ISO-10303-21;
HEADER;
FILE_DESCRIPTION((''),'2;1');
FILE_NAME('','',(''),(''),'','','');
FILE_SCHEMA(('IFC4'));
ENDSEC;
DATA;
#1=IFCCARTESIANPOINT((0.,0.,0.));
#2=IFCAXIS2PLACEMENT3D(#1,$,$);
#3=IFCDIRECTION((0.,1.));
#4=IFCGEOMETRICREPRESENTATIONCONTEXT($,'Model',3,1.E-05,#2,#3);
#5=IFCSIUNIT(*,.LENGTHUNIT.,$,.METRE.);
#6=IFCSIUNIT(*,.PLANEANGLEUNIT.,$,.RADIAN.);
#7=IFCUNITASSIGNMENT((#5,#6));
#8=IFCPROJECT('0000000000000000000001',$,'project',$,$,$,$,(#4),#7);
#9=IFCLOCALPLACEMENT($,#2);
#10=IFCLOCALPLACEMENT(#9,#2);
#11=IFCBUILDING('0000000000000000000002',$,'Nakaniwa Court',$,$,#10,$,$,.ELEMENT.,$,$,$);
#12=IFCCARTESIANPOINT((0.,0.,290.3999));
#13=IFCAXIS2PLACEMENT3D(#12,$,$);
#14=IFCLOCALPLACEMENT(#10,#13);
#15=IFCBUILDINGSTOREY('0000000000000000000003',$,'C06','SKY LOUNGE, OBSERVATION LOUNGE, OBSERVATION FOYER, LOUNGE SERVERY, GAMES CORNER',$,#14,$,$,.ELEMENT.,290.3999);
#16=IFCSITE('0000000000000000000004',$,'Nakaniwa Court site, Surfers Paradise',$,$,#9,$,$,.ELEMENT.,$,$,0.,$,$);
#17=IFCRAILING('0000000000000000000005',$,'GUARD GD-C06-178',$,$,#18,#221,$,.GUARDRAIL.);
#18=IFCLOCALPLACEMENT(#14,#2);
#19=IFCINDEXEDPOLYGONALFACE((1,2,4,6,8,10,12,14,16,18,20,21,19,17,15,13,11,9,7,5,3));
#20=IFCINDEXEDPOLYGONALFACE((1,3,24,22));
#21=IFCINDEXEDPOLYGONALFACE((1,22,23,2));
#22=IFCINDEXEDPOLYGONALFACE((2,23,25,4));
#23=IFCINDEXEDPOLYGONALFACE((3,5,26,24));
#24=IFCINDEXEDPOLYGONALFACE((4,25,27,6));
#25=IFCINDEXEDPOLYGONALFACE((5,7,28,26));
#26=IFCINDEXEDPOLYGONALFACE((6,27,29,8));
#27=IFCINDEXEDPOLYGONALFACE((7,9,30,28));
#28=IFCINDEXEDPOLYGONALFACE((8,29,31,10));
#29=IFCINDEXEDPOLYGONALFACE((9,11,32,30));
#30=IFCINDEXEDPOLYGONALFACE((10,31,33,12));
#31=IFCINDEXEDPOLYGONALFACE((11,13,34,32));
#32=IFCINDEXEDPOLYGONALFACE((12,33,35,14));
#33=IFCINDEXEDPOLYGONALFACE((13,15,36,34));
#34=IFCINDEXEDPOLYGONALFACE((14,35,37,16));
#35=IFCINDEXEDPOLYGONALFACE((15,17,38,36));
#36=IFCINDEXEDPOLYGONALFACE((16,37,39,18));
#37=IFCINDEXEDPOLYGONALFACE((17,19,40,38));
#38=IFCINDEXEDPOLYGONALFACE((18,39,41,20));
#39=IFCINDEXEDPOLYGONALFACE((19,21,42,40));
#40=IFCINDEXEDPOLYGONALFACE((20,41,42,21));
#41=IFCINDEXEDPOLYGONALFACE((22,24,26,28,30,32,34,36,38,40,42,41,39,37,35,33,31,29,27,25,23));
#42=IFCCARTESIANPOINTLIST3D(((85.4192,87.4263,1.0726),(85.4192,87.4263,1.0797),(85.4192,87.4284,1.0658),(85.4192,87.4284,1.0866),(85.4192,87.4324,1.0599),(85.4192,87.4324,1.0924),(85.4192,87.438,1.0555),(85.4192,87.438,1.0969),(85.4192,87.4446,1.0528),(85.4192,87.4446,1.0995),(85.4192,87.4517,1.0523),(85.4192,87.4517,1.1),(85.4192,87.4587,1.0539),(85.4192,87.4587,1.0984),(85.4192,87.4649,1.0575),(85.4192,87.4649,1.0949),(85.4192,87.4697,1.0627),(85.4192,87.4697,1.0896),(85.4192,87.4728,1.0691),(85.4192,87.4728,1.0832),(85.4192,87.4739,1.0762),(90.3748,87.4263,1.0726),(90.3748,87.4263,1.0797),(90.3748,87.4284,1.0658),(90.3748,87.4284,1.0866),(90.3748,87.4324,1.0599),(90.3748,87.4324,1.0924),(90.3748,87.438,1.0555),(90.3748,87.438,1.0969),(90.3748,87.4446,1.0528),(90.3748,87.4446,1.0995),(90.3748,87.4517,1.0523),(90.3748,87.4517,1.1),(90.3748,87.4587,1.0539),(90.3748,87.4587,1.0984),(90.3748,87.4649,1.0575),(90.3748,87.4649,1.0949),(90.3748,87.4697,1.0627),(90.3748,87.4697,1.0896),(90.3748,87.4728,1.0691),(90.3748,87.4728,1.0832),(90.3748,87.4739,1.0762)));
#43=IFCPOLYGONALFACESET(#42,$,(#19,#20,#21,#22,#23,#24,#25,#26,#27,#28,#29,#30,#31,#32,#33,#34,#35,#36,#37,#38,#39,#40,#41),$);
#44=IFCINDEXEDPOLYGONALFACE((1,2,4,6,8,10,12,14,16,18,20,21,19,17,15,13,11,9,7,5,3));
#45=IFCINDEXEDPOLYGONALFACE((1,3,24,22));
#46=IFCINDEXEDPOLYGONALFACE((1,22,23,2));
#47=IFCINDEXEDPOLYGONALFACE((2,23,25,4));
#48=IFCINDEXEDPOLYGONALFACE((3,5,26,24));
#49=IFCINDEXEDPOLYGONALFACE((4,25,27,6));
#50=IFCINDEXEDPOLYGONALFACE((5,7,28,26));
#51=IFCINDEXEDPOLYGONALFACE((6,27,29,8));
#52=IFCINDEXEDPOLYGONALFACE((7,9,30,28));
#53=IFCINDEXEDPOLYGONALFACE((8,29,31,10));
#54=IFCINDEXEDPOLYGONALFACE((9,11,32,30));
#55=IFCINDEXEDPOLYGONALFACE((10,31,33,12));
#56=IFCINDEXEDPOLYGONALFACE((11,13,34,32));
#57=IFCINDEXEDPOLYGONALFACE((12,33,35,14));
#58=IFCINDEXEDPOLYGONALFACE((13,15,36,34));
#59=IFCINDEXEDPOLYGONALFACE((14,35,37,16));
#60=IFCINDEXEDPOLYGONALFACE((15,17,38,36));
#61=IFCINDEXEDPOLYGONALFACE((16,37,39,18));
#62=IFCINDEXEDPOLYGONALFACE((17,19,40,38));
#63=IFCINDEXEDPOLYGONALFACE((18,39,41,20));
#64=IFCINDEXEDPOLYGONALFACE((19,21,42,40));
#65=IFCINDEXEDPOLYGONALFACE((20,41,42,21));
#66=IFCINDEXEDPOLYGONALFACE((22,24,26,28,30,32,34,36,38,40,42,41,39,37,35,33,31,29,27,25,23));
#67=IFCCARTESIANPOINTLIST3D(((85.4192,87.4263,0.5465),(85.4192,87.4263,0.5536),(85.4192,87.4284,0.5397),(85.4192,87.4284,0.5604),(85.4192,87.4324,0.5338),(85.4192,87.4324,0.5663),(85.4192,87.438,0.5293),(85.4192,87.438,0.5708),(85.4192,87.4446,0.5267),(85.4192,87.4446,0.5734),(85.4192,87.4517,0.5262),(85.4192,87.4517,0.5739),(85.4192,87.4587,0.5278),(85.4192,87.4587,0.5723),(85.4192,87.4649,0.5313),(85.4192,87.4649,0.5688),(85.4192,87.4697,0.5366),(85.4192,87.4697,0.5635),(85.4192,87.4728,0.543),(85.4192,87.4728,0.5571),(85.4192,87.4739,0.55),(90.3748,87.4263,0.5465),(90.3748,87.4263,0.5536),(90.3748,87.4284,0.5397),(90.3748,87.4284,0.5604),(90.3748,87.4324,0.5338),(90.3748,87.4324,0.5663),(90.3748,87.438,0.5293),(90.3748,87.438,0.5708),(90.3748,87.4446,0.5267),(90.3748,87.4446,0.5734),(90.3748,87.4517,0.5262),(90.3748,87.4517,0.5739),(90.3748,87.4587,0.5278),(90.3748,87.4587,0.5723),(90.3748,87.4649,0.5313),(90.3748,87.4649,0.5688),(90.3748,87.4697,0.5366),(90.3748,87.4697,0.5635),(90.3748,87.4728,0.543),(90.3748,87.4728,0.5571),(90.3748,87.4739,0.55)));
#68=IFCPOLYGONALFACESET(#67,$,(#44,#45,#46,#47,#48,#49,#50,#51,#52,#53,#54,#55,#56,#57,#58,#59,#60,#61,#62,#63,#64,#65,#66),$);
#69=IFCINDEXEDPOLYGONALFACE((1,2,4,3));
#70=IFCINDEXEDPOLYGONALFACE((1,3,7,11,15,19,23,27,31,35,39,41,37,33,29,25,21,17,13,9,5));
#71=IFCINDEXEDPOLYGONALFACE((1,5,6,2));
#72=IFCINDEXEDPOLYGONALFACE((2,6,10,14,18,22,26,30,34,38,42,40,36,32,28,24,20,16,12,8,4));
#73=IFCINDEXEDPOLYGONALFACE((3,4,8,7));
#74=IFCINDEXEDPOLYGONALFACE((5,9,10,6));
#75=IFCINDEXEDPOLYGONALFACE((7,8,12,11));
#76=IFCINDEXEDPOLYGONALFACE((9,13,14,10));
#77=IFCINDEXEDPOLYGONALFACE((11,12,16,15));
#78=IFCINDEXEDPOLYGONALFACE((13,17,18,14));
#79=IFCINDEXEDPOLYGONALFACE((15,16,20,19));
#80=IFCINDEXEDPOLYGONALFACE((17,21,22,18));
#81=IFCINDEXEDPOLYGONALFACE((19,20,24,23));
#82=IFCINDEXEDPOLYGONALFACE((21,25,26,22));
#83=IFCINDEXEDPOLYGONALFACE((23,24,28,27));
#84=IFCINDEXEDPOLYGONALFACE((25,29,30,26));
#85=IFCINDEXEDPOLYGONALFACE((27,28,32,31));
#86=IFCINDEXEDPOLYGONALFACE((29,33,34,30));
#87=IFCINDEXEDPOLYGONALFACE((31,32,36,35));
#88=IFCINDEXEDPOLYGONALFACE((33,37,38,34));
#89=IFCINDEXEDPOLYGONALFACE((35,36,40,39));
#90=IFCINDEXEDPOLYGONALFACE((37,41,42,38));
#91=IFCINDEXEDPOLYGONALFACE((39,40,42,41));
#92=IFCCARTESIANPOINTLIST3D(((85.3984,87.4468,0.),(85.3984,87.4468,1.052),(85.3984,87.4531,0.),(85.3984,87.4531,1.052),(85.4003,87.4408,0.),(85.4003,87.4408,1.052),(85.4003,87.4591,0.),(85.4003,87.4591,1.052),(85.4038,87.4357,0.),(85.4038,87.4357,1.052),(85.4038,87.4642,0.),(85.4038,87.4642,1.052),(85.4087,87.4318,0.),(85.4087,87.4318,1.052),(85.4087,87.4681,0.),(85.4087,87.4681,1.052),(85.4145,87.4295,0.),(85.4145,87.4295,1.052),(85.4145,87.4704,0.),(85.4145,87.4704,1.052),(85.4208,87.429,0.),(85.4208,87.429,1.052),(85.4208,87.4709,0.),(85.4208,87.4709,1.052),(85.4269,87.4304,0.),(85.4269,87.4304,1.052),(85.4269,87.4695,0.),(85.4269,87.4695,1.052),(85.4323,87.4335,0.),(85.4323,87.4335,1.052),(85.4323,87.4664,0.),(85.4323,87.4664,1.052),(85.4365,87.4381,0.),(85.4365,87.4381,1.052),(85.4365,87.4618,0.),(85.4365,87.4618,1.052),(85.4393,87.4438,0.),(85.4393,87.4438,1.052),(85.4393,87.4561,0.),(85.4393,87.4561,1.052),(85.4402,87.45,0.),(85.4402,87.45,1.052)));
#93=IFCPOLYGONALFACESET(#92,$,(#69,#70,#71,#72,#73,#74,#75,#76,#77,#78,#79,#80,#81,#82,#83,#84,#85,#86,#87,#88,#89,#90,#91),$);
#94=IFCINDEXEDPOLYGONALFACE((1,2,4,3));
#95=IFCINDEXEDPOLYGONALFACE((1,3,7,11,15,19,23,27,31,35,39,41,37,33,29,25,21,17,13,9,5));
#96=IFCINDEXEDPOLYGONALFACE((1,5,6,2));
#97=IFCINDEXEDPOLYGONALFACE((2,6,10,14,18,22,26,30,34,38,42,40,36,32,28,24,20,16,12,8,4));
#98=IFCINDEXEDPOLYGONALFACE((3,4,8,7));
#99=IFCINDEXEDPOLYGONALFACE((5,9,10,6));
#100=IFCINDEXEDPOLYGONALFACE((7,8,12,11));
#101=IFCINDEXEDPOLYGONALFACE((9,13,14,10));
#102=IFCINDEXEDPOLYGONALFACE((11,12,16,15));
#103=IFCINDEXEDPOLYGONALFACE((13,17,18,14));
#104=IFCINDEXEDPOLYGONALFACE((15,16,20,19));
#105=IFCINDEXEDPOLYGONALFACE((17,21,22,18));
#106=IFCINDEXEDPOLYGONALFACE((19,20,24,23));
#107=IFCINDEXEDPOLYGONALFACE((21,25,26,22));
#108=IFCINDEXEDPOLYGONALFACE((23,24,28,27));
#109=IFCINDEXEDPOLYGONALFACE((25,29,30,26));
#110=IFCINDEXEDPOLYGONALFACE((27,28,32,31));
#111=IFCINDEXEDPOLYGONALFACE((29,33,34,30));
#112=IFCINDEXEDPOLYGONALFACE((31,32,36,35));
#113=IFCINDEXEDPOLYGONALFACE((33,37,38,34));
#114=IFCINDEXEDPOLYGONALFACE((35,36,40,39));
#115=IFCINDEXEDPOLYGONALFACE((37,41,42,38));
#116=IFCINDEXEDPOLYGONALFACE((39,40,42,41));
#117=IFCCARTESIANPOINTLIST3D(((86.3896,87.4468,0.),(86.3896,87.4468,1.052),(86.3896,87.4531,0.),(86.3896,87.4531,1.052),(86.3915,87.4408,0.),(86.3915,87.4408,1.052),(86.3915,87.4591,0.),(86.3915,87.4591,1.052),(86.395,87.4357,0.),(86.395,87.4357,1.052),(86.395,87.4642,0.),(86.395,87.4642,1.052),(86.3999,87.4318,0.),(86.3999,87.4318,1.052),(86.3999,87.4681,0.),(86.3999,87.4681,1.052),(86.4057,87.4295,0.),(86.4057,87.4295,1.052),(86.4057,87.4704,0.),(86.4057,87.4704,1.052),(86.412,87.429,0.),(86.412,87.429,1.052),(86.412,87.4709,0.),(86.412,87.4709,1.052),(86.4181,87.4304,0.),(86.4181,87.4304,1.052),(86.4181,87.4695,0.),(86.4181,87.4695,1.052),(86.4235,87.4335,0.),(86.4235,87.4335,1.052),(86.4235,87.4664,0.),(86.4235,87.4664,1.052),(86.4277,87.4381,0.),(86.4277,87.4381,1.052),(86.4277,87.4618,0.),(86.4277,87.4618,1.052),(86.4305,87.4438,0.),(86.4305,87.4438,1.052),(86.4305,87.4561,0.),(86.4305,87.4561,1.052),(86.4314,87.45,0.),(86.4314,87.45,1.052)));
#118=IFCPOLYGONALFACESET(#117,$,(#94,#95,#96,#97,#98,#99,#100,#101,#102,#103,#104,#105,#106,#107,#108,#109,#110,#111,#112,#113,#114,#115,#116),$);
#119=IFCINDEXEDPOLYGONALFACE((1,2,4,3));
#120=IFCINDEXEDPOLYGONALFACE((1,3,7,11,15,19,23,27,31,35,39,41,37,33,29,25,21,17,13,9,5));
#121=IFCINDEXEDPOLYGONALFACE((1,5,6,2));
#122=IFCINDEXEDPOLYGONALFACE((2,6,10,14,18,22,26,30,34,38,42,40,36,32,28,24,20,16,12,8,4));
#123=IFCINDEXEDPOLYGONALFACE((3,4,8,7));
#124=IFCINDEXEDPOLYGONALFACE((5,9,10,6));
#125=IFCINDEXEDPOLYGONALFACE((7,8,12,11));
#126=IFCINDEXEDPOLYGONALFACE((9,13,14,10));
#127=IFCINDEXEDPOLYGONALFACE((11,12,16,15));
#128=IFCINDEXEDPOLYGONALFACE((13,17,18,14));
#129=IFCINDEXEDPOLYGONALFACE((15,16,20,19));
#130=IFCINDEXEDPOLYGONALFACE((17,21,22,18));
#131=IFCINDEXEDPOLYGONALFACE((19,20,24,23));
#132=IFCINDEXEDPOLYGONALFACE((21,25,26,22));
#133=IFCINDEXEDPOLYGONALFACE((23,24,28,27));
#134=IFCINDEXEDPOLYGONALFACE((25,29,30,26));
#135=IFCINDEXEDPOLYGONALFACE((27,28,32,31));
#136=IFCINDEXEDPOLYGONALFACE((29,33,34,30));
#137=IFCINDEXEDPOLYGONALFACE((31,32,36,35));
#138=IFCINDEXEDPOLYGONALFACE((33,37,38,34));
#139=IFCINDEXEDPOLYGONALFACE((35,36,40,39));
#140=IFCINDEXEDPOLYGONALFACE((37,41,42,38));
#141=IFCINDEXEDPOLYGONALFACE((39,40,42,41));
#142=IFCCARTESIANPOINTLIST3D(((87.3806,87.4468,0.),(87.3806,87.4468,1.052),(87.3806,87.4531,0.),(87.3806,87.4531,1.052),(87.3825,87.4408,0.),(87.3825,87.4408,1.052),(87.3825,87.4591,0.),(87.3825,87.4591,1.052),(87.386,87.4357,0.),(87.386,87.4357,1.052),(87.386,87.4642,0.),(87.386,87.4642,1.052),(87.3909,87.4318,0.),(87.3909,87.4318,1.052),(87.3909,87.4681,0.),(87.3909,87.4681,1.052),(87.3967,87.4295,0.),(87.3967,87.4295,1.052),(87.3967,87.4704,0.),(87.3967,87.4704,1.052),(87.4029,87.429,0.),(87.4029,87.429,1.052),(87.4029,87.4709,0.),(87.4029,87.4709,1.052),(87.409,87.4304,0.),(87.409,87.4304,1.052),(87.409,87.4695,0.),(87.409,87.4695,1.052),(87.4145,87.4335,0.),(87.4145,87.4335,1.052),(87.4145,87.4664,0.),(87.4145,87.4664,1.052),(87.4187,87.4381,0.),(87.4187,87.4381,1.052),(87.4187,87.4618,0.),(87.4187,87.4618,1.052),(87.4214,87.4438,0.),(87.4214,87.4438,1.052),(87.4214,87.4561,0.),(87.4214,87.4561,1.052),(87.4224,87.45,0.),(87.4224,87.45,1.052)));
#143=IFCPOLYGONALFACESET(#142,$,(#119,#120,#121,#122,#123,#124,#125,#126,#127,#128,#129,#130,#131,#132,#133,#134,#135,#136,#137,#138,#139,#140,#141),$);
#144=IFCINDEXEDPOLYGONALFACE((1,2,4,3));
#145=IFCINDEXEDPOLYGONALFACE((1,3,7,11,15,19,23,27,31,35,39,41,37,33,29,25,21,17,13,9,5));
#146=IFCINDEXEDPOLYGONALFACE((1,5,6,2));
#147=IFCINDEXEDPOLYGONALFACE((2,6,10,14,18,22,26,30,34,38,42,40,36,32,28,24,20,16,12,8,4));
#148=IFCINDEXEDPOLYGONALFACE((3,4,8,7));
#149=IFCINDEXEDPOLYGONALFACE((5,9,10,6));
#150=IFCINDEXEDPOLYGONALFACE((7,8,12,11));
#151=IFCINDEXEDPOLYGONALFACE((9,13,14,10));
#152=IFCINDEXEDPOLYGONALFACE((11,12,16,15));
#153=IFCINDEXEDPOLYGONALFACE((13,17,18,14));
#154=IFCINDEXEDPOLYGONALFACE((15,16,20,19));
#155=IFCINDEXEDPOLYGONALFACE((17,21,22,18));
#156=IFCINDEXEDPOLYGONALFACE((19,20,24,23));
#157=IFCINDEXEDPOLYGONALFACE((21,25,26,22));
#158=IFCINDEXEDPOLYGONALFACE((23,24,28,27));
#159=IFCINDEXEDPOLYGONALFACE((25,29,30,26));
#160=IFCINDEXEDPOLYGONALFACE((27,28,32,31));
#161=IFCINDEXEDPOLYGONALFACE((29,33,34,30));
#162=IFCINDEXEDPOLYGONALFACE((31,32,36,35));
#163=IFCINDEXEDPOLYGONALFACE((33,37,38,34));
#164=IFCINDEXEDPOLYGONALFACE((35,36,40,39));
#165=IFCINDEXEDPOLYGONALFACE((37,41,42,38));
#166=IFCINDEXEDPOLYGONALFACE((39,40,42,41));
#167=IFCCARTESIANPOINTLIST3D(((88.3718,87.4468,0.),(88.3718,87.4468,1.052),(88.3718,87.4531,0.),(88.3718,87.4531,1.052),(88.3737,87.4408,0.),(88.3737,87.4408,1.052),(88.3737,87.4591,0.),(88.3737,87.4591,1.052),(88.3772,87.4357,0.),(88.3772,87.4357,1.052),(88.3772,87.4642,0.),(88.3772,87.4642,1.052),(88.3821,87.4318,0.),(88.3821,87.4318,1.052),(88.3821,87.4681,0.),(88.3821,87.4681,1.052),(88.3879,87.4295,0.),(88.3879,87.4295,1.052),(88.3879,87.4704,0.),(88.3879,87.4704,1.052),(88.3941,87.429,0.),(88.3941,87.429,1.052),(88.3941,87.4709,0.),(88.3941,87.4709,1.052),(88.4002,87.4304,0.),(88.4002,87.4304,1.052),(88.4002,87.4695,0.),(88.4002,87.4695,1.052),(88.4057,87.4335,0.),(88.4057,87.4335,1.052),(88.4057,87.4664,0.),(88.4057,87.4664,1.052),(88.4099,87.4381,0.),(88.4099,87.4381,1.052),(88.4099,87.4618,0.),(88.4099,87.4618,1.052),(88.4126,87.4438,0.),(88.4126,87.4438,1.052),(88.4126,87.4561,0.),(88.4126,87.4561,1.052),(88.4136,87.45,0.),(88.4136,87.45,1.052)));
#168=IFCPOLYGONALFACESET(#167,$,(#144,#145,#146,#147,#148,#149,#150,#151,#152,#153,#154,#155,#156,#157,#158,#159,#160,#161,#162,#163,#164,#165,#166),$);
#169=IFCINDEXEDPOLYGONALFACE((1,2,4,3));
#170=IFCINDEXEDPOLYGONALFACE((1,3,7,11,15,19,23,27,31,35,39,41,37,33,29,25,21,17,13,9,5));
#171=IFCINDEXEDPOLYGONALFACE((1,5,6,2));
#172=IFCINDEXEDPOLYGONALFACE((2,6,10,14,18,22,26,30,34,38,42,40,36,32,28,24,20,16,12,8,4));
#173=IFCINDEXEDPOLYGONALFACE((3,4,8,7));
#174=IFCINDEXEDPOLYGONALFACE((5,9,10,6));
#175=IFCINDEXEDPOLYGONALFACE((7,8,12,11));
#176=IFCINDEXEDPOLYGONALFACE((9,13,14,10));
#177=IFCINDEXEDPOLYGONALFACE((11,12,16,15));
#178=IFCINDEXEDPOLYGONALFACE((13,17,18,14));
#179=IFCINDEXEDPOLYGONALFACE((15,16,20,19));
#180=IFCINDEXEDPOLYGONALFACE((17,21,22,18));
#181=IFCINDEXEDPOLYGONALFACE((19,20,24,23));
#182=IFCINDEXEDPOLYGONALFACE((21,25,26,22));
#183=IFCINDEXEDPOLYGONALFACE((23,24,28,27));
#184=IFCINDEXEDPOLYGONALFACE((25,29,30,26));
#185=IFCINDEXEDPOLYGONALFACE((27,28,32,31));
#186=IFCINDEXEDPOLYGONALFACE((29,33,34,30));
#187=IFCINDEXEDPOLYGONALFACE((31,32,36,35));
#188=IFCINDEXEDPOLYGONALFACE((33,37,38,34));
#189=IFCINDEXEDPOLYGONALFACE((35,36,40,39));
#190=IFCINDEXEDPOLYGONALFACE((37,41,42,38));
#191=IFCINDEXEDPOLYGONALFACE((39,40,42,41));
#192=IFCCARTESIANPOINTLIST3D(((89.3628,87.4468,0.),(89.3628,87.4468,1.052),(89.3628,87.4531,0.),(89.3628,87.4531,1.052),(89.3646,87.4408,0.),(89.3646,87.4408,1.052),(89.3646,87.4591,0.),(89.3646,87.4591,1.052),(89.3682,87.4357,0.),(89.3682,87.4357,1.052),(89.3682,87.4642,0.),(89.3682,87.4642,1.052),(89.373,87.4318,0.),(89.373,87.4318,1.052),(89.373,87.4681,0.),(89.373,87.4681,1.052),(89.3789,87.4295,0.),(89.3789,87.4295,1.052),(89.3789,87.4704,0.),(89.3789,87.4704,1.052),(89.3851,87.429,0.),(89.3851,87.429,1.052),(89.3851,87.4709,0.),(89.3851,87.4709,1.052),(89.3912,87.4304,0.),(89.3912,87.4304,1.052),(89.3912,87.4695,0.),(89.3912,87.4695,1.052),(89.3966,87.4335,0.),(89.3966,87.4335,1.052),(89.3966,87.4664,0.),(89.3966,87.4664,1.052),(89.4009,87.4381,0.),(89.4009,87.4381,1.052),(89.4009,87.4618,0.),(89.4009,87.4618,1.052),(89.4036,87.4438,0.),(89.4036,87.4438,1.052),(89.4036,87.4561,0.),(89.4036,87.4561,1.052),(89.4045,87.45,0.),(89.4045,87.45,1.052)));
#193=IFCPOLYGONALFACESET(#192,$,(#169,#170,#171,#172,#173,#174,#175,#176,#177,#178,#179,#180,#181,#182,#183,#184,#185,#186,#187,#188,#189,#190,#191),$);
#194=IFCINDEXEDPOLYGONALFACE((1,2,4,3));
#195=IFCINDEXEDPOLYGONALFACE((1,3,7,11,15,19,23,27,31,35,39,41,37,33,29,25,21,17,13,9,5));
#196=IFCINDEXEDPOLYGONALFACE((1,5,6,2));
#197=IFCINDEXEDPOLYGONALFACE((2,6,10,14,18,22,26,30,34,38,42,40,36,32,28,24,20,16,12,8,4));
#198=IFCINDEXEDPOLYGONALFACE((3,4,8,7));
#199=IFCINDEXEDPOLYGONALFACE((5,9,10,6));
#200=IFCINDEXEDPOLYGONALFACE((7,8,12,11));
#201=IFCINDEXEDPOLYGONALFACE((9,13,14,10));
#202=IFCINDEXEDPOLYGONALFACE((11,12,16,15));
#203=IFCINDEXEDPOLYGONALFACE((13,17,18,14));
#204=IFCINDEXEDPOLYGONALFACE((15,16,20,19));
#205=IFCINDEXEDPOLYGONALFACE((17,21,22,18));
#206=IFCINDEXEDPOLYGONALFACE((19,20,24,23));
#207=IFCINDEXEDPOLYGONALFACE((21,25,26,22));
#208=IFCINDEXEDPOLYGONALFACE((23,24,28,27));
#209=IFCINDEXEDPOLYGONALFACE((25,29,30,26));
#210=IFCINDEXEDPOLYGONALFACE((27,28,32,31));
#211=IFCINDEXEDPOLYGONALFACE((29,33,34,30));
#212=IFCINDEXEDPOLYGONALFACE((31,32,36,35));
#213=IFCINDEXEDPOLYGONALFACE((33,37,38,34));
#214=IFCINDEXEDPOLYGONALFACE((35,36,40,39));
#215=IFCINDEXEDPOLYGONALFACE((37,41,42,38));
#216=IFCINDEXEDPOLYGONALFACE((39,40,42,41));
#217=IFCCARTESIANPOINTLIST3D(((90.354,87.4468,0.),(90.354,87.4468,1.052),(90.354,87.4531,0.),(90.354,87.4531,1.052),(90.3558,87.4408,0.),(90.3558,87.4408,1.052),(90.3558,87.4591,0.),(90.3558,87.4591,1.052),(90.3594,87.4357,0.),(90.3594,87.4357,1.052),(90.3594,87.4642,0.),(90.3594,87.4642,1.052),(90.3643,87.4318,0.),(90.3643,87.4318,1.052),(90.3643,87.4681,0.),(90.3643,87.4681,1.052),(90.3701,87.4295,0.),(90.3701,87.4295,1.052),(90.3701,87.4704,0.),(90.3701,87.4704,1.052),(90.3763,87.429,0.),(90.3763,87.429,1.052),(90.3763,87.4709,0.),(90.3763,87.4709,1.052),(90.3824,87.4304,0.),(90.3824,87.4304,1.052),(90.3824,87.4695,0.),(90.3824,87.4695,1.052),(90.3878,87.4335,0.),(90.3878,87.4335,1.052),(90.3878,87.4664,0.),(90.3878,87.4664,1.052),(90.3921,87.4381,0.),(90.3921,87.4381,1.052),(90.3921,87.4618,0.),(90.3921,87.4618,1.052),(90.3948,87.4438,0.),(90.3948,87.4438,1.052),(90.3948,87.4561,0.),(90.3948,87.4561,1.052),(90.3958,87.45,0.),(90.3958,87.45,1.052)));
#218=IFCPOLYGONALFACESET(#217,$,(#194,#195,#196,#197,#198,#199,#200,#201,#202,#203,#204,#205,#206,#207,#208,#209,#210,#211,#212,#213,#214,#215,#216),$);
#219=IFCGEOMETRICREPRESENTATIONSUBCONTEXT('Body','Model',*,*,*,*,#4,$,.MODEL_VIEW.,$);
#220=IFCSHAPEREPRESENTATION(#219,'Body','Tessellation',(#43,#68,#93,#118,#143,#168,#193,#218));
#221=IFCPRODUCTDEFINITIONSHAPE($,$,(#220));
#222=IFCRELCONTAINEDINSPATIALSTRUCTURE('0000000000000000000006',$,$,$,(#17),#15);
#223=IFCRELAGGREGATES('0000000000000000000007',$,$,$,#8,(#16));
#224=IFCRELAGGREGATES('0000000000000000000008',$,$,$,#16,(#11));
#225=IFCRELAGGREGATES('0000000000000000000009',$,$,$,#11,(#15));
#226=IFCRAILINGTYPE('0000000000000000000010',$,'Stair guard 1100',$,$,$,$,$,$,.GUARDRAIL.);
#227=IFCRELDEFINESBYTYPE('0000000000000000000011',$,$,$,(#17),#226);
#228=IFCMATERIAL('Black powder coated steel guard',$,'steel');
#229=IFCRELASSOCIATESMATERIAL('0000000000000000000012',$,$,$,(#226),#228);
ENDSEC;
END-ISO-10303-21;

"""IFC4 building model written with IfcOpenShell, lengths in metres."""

from ifc_helpers import new_model, si_unit, direction, frame, origin, origin_2d, place, context, subcontext, project, spatial, circle, extrude, material, type_object, element, save


model = new_model("IFC4")

# Units and contexts
model_context = context("Model", 3, precision=1e-05, world=origin(), true_north=direction((0.0, 1.0)))
body_context = subcontext(model_context, "Body", "Model", "MODEL_VIEW")
ifc_project = project(units=[si_unit("LENGTHUNIT", "METRE"), si_unit("PLANEANGLEUNIT", "RADIAN")], contexts=[model_context])

# Site, building, storey
site_placement = place(None, origin())
site = spatial("IfcSite", under=ifc_project, at=site_placement, Name="Nakaniwa Court site, Surfers Paradise", CompositionType="ELEMENT", RefElevation=0.0)
building_placement = place(site_placement, origin())
building = spatial("IfcBuilding", under=site, at=building_placement, Name="Nakaniwa Court", CompositionType="ELEMENT")
storey_placement = place(building_placement, frame((0.0, 0.0, 290.3999)))
storey = spatial("IfcBuildingStorey", under=building, at=storey_placement, Name="C06", Description="SKY LOUNGE, OBSERVATION LOUNGE, OBSERVATION FOYER, LOUNGE SERVERY, GAMES CORNER", CompositionType="ELEMENT", Elevation=290.3999)

# Railing
ifc_material_1 = material(Name="Black powder coated steel guard", Category="steel")
railing_type = type_object("IfcRailingType", Name="Stair guard 1100", PredefinedType="GUARDRAIL", material=ifc_material_1)
railing_placement = place(storey_placement, frame((85.4192, 87.45, 0.0)))
element("IfcRailing", 1, at=railing_placement, inside=storey, type_object=railing_type, Name="GUARD GD-C06-178", PredefinedType="GUARDRAIL", context=body_context, shape_type="SweptSolid", body=[
    extrude(circle(Radius=0.0239, at=origin_2d()), frame((0.0, 0.0, 1.0762), z_axis=(1.0, 0.0, 0.0), x_axis=(0.0, 1.0, 0.0)), (0.0, 0.0, 1.0), 4.9556),
    extrude(circle(Radius=0.0239, at=origin_2d()), frame((0.0, 0.0, 0.55), z_axis=(1.0, 0.0, 0.0), x_axis=(0.0, 1.0, 0.0)), (0.0, 0.0, 1.0), 4.9556),
    extrude(circle(Radius=0.021, at=origin_2d()), origin(), (0.0, 0.0, 1.0), 1.052),
    extrude(circle(Radius=0.021, at=origin_2d()), frame((0.9912, 0.0, 0.0)), (0.0, 0.0, 1.0), 1.052),
    extrude(circle(Radius=0.021, at=origin_2d()), frame((1.9822, 0.0, 0.0)), (0.0, 0.0, 1.0), 1.052),
    extrude(circle(Radius=0.021, at=origin_2d()), frame((2.9734, 0.0, 0.0)), (0.0, 0.0, 1.0), 1.052),
    extrude(circle(Radius=0.021, at=origin_2d()), frame((3.9644, 0.0, 0.0)), (0.0, 0.0, 1.0), 1.052),
    extrude(circle(Radius=0.021, at=origin_2d()), frame((4.9556, 0.0, 0.0)), (0.0, 0.0, 1.0), 1.052),
])

save(model, "model.ifc")
